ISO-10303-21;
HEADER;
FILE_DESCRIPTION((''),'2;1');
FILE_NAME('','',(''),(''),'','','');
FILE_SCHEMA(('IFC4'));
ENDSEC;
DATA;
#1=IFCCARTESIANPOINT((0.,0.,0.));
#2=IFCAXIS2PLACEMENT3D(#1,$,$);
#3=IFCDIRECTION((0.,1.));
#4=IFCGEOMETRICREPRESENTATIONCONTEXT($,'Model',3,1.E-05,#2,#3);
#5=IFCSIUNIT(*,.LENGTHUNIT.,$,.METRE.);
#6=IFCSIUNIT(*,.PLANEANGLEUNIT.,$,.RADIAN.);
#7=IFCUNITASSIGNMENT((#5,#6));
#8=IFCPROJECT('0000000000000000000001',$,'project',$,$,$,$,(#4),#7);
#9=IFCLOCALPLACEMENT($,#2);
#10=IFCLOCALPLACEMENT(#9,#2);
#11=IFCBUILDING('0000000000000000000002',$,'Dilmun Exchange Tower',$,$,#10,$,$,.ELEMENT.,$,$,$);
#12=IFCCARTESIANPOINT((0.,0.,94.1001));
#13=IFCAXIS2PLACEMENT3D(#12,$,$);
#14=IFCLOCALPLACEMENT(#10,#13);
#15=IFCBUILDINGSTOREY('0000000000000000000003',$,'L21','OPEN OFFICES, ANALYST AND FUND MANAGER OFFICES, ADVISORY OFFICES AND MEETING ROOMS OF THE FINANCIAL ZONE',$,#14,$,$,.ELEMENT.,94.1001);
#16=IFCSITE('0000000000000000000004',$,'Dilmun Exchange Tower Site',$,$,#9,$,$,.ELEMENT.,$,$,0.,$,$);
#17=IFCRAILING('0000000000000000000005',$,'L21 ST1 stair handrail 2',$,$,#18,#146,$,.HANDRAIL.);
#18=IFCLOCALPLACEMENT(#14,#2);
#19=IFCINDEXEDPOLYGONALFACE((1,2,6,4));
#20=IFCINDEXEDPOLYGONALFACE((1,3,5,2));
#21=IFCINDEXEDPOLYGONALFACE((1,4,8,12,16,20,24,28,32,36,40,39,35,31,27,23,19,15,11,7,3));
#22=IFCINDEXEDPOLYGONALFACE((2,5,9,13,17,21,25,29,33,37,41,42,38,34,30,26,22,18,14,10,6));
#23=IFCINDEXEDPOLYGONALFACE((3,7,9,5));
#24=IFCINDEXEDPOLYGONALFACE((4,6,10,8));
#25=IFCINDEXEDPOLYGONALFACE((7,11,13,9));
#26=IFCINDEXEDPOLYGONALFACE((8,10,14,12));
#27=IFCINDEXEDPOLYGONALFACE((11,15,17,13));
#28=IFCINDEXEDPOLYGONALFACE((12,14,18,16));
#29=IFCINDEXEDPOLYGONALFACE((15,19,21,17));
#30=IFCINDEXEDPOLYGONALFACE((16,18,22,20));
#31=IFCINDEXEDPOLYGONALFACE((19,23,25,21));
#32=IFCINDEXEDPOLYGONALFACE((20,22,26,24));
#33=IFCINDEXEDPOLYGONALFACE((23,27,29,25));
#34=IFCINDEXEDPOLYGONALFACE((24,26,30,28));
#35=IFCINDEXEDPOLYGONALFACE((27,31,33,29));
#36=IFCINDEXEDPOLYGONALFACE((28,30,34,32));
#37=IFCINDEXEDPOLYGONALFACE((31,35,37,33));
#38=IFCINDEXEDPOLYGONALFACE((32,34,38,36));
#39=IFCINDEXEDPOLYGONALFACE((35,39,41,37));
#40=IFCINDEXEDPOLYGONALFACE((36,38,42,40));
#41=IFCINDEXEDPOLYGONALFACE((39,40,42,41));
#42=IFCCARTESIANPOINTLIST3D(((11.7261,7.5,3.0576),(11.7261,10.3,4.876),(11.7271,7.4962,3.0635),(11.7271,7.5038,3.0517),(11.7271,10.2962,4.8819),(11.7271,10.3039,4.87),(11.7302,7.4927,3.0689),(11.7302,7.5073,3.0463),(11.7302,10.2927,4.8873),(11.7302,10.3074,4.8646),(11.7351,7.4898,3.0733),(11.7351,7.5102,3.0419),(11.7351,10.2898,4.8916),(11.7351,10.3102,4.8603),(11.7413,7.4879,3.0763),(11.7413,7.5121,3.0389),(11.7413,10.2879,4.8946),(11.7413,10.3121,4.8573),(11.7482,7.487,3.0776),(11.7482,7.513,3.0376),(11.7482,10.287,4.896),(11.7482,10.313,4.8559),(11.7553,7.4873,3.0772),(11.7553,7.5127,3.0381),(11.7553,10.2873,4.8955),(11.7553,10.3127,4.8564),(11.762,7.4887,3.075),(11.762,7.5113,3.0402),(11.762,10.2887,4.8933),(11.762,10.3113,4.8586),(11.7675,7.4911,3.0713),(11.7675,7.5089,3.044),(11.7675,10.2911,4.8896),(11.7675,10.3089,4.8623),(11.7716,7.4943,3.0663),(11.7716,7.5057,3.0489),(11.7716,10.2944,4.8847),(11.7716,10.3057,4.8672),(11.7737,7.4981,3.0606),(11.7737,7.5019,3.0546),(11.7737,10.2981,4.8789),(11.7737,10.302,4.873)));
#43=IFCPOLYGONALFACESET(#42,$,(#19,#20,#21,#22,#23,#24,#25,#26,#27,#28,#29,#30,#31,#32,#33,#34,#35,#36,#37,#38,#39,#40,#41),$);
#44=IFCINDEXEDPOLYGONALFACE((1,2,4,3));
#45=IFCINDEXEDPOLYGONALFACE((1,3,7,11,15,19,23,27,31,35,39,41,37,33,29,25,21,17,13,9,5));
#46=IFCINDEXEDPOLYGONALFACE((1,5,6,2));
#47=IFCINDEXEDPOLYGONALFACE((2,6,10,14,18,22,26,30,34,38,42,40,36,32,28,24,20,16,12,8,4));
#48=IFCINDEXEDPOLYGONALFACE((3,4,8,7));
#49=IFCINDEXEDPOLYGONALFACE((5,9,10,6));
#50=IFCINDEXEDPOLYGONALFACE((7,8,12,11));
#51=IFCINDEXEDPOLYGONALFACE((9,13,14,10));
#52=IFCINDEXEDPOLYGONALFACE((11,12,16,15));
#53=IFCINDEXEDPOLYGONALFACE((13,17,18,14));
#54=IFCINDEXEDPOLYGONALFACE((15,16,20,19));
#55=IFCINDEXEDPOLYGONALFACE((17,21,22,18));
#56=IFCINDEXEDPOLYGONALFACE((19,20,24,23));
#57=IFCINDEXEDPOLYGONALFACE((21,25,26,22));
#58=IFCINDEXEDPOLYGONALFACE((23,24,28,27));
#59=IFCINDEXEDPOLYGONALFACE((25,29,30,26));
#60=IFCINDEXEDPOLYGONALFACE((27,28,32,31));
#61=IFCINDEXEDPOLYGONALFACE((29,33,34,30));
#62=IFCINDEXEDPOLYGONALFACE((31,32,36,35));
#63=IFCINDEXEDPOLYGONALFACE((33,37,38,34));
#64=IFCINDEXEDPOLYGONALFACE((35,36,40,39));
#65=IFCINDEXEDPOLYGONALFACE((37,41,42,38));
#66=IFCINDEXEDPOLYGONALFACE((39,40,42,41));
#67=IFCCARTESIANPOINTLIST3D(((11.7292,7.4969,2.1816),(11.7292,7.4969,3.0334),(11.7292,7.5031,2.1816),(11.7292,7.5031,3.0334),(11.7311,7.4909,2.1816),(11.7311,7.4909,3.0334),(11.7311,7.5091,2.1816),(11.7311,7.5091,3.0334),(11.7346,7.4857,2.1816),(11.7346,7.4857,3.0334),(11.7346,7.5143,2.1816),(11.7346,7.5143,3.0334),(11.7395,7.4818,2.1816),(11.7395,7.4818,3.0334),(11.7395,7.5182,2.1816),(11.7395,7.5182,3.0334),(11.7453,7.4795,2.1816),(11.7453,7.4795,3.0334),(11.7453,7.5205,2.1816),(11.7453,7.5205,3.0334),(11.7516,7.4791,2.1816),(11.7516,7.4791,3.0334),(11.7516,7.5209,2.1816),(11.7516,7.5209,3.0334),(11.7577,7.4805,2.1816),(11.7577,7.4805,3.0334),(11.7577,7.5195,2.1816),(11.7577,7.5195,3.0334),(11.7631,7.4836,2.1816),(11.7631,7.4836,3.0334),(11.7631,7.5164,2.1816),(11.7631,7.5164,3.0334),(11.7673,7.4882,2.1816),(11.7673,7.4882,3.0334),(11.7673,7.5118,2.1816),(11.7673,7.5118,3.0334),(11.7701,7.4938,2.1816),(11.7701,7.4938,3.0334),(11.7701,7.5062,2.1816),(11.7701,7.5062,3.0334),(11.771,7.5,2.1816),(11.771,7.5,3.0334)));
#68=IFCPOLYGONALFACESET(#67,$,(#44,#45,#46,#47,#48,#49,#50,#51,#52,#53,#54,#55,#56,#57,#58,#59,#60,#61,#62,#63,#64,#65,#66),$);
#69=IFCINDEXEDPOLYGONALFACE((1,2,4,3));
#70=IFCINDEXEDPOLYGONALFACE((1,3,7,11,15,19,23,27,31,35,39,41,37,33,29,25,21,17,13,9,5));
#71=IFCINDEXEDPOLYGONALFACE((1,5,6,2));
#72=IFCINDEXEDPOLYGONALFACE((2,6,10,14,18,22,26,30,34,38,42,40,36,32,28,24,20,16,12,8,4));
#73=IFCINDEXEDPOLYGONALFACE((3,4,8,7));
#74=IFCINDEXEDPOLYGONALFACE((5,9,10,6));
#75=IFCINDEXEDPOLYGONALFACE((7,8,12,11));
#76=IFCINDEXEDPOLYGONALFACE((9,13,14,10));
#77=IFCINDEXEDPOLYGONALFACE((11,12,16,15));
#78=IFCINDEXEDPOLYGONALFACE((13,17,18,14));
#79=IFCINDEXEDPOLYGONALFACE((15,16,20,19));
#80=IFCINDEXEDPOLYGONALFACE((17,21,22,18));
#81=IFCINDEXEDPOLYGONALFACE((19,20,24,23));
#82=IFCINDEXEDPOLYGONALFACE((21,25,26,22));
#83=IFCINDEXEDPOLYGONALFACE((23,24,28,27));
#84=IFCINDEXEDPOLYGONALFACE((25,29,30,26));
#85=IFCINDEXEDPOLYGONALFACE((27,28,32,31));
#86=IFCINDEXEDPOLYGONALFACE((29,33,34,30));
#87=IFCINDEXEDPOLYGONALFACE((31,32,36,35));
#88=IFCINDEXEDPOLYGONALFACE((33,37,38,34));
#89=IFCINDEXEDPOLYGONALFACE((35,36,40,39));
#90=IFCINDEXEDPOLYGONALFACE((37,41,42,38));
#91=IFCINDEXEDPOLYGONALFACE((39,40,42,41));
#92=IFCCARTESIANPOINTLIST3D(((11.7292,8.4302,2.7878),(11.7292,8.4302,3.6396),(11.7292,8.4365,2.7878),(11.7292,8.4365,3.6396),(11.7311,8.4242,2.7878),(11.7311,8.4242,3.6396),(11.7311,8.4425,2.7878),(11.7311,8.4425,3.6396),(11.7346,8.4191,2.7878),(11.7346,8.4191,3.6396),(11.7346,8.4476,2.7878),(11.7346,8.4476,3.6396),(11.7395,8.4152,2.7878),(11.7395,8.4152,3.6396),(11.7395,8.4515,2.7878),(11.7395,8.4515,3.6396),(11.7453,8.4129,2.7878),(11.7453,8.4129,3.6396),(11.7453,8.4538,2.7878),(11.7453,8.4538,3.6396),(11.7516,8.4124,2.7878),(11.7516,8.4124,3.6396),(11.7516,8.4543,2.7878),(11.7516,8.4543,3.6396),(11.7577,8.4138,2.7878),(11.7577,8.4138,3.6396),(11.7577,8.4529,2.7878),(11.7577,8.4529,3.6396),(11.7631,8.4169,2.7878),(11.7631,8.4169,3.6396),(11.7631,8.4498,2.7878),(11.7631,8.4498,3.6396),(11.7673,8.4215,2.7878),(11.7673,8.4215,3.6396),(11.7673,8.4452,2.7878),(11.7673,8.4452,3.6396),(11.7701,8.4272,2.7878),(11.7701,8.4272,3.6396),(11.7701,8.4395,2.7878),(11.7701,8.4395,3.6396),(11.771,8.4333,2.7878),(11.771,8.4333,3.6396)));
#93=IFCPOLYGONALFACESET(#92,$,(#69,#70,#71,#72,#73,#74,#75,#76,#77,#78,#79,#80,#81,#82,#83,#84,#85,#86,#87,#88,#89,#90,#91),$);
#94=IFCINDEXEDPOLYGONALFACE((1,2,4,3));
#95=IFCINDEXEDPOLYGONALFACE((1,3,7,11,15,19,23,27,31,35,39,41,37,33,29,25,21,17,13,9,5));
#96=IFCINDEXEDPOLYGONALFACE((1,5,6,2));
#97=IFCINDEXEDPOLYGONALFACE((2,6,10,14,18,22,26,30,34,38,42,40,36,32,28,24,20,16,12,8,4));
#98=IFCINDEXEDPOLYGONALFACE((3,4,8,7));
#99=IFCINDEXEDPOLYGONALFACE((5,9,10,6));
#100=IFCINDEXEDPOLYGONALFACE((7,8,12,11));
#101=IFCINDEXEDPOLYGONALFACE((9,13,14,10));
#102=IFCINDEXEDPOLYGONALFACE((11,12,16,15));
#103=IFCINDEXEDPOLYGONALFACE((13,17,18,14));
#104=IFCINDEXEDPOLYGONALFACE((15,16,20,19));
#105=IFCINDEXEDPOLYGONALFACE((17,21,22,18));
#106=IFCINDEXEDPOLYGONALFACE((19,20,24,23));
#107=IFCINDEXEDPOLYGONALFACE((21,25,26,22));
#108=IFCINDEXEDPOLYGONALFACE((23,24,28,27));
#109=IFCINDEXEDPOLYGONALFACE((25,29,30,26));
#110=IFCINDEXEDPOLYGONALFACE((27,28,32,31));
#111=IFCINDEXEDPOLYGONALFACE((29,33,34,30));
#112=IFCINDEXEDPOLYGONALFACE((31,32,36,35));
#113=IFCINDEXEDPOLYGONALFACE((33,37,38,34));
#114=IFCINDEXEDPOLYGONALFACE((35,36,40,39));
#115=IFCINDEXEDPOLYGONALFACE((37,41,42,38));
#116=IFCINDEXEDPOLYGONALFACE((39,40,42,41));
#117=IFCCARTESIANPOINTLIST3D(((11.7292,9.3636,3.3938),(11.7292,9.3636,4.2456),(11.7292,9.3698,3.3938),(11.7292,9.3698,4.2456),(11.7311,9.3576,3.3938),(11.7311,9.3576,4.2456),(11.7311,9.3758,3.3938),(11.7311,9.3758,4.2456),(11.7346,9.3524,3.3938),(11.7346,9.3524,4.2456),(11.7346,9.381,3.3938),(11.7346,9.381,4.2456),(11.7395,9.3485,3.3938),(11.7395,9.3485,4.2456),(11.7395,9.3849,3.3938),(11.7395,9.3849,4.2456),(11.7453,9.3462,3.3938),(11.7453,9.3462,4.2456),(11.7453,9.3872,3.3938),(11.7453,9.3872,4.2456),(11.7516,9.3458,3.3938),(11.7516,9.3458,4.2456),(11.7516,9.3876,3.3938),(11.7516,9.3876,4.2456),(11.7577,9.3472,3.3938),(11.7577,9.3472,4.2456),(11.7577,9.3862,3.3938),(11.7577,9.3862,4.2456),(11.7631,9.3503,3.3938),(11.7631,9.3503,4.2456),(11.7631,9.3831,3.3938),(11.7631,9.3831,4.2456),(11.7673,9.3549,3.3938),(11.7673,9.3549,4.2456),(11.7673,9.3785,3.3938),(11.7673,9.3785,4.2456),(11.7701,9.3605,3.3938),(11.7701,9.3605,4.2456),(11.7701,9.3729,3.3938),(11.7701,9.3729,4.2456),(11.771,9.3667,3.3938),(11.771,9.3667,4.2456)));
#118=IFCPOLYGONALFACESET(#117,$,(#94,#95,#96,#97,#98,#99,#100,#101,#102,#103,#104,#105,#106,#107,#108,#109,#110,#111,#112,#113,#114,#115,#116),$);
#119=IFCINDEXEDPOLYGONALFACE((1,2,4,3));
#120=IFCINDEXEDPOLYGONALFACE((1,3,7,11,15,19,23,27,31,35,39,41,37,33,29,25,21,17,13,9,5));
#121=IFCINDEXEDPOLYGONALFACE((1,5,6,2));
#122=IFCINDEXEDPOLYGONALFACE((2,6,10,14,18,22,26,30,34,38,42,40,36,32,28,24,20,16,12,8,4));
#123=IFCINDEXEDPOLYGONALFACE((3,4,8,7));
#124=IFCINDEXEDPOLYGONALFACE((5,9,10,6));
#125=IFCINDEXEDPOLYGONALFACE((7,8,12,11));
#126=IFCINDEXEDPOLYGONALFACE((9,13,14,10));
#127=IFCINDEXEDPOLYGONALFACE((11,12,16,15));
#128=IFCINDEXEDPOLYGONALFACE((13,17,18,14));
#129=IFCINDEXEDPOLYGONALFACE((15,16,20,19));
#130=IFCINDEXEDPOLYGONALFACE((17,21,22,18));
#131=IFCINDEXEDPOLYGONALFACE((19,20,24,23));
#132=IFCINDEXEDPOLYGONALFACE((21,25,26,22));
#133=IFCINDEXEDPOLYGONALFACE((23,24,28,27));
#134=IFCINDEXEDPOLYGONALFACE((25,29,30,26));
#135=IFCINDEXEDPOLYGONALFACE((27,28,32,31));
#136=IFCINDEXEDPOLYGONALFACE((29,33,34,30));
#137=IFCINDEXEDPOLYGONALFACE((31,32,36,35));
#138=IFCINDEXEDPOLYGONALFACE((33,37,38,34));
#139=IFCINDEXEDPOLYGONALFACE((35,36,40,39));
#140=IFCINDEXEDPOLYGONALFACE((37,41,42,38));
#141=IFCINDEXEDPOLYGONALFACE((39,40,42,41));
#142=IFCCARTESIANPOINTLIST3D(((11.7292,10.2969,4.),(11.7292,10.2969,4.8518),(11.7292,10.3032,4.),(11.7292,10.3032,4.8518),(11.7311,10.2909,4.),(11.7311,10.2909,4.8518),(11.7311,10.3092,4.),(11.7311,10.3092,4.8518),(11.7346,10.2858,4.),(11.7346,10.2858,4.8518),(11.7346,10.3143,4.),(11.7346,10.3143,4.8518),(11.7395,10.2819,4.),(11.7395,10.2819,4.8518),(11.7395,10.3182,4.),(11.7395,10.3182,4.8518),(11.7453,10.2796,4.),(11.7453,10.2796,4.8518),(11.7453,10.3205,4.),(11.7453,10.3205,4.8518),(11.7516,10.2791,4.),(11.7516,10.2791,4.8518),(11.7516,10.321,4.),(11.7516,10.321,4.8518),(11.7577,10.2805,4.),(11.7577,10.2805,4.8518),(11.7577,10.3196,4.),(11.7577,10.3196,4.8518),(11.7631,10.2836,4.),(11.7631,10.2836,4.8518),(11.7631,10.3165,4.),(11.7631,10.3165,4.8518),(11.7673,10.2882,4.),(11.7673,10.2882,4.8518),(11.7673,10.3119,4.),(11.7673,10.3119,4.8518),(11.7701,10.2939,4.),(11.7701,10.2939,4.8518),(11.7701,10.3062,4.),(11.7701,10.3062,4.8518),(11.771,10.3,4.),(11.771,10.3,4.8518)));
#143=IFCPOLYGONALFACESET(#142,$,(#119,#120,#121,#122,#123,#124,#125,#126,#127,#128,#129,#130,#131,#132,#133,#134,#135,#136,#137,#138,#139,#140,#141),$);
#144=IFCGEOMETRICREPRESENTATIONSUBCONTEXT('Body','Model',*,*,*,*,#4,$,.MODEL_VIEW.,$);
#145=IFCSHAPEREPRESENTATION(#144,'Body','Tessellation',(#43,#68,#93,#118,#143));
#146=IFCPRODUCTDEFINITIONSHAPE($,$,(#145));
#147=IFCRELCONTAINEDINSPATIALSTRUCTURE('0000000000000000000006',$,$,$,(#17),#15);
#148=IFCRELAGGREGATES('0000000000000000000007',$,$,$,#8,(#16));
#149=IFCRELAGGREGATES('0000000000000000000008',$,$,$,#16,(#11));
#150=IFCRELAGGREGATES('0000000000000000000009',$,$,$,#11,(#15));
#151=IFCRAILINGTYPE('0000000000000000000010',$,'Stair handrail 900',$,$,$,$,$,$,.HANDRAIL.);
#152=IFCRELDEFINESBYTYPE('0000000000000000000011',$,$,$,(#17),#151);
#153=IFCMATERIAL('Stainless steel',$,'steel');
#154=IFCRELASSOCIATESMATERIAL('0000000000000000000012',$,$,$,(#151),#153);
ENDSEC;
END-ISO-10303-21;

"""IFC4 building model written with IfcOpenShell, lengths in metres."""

from ifc_helpers import new_model, si_unit, direction, frame, origin, origin_2d, place, context, subcontext, project, spatial, circle, extrude, material, type_object, element, save


model = new_model("IFC4")

# Units and contexts
model_context = context("Model", 3, precision=1e-05, world=origin(), true_north=direction((0.0, 1.0)))
body_context = subcontext(model_context, "Body", "Model", "MODEL_VIEW")
ifc_project = project(units=[si_unit("LENGTHUNIT", "METRE"), si_unit("PLANEANGLEUNIT", "RADIAN")], contexts=[model_context])

# Site, building, storey
site_placement = place(None, origin())
site = spatial("IfcSite", under=ifc_project, at=site_placement, Name="Dilmun Exchange Tower Site", CompositionType="ELEMENT", RefElevation=0.0)
building_placement = place(site_placement, origin())
building = spatial("IfcBuilding", under=site, at=building_placement, Name="Dilmun Exchange Tower", CompositionType="ELEMENT")
storey_placement = place(building_placement, frame((0.0, 0.0, 94.1001)))
storey = spatial("IfcBuildingStorey", under=building, at=storey_placement, Name="L21", Description="OPEN OFFICES, ANALYST AND FUND MANAGER OFFICES, ADVISORY OFFICES AND MEETING ROOMS OF THE FINANCIAL ZONE", CompositionType="ELEMENT", Elevation=94.1001)

# Railing
ifc_material_1 = material(Name="Stainless steel", Category="steel")
railing_type = type_object("IfcRailingType", Name="Stair handrail 900", PredefinedType="HANDRAIL", material=ifc_material_1)
railing_1_placement = place(storey_placement, frame((11.75, 7.5, 2.1816)))
element("IfcRailing", 1, at=railing_1_placement, inside=storey, type_object=railing_type, Name="L21 ST1 stair handrail 2", PredefinedType="HANDRAIL", context=body_context, shape_type="SweptSolid", body=[
    extrude(circle(Radius=0.0239, at=origin_2d()), frame((0.0, 0.0, 0.876), z_axis=(0.0, 0.838672, 0.544636), x_axis=(-1.0, 0.0, 0.0)), (0.0, 0.0, 1.0), 3.3386),
    extrude(circle(Radius=0.021, at=origin_2d()), origin(), (0.0, 0.0, 1.0), 0.8518),
    extrude(circle(Radius=0.021, at=origin_2d()), frame((0.0, 0.9333, 0.6062)), (0.0, 0.0, 1.0), 0.8518),
    extrude(circle(Radius=0.021, at=origin_2d()), frame((0.0, 1.8667, 1.2122)), (0.0, 0.0, 1.0), 0.8518),
    extrude(circle(Radius=0.021, at=origin_2d()), frame((0.0, 2.8, 1.8184)), (0.0, 0.0, 1.0), 0.8518),
])

save(model, "model.ifc")
